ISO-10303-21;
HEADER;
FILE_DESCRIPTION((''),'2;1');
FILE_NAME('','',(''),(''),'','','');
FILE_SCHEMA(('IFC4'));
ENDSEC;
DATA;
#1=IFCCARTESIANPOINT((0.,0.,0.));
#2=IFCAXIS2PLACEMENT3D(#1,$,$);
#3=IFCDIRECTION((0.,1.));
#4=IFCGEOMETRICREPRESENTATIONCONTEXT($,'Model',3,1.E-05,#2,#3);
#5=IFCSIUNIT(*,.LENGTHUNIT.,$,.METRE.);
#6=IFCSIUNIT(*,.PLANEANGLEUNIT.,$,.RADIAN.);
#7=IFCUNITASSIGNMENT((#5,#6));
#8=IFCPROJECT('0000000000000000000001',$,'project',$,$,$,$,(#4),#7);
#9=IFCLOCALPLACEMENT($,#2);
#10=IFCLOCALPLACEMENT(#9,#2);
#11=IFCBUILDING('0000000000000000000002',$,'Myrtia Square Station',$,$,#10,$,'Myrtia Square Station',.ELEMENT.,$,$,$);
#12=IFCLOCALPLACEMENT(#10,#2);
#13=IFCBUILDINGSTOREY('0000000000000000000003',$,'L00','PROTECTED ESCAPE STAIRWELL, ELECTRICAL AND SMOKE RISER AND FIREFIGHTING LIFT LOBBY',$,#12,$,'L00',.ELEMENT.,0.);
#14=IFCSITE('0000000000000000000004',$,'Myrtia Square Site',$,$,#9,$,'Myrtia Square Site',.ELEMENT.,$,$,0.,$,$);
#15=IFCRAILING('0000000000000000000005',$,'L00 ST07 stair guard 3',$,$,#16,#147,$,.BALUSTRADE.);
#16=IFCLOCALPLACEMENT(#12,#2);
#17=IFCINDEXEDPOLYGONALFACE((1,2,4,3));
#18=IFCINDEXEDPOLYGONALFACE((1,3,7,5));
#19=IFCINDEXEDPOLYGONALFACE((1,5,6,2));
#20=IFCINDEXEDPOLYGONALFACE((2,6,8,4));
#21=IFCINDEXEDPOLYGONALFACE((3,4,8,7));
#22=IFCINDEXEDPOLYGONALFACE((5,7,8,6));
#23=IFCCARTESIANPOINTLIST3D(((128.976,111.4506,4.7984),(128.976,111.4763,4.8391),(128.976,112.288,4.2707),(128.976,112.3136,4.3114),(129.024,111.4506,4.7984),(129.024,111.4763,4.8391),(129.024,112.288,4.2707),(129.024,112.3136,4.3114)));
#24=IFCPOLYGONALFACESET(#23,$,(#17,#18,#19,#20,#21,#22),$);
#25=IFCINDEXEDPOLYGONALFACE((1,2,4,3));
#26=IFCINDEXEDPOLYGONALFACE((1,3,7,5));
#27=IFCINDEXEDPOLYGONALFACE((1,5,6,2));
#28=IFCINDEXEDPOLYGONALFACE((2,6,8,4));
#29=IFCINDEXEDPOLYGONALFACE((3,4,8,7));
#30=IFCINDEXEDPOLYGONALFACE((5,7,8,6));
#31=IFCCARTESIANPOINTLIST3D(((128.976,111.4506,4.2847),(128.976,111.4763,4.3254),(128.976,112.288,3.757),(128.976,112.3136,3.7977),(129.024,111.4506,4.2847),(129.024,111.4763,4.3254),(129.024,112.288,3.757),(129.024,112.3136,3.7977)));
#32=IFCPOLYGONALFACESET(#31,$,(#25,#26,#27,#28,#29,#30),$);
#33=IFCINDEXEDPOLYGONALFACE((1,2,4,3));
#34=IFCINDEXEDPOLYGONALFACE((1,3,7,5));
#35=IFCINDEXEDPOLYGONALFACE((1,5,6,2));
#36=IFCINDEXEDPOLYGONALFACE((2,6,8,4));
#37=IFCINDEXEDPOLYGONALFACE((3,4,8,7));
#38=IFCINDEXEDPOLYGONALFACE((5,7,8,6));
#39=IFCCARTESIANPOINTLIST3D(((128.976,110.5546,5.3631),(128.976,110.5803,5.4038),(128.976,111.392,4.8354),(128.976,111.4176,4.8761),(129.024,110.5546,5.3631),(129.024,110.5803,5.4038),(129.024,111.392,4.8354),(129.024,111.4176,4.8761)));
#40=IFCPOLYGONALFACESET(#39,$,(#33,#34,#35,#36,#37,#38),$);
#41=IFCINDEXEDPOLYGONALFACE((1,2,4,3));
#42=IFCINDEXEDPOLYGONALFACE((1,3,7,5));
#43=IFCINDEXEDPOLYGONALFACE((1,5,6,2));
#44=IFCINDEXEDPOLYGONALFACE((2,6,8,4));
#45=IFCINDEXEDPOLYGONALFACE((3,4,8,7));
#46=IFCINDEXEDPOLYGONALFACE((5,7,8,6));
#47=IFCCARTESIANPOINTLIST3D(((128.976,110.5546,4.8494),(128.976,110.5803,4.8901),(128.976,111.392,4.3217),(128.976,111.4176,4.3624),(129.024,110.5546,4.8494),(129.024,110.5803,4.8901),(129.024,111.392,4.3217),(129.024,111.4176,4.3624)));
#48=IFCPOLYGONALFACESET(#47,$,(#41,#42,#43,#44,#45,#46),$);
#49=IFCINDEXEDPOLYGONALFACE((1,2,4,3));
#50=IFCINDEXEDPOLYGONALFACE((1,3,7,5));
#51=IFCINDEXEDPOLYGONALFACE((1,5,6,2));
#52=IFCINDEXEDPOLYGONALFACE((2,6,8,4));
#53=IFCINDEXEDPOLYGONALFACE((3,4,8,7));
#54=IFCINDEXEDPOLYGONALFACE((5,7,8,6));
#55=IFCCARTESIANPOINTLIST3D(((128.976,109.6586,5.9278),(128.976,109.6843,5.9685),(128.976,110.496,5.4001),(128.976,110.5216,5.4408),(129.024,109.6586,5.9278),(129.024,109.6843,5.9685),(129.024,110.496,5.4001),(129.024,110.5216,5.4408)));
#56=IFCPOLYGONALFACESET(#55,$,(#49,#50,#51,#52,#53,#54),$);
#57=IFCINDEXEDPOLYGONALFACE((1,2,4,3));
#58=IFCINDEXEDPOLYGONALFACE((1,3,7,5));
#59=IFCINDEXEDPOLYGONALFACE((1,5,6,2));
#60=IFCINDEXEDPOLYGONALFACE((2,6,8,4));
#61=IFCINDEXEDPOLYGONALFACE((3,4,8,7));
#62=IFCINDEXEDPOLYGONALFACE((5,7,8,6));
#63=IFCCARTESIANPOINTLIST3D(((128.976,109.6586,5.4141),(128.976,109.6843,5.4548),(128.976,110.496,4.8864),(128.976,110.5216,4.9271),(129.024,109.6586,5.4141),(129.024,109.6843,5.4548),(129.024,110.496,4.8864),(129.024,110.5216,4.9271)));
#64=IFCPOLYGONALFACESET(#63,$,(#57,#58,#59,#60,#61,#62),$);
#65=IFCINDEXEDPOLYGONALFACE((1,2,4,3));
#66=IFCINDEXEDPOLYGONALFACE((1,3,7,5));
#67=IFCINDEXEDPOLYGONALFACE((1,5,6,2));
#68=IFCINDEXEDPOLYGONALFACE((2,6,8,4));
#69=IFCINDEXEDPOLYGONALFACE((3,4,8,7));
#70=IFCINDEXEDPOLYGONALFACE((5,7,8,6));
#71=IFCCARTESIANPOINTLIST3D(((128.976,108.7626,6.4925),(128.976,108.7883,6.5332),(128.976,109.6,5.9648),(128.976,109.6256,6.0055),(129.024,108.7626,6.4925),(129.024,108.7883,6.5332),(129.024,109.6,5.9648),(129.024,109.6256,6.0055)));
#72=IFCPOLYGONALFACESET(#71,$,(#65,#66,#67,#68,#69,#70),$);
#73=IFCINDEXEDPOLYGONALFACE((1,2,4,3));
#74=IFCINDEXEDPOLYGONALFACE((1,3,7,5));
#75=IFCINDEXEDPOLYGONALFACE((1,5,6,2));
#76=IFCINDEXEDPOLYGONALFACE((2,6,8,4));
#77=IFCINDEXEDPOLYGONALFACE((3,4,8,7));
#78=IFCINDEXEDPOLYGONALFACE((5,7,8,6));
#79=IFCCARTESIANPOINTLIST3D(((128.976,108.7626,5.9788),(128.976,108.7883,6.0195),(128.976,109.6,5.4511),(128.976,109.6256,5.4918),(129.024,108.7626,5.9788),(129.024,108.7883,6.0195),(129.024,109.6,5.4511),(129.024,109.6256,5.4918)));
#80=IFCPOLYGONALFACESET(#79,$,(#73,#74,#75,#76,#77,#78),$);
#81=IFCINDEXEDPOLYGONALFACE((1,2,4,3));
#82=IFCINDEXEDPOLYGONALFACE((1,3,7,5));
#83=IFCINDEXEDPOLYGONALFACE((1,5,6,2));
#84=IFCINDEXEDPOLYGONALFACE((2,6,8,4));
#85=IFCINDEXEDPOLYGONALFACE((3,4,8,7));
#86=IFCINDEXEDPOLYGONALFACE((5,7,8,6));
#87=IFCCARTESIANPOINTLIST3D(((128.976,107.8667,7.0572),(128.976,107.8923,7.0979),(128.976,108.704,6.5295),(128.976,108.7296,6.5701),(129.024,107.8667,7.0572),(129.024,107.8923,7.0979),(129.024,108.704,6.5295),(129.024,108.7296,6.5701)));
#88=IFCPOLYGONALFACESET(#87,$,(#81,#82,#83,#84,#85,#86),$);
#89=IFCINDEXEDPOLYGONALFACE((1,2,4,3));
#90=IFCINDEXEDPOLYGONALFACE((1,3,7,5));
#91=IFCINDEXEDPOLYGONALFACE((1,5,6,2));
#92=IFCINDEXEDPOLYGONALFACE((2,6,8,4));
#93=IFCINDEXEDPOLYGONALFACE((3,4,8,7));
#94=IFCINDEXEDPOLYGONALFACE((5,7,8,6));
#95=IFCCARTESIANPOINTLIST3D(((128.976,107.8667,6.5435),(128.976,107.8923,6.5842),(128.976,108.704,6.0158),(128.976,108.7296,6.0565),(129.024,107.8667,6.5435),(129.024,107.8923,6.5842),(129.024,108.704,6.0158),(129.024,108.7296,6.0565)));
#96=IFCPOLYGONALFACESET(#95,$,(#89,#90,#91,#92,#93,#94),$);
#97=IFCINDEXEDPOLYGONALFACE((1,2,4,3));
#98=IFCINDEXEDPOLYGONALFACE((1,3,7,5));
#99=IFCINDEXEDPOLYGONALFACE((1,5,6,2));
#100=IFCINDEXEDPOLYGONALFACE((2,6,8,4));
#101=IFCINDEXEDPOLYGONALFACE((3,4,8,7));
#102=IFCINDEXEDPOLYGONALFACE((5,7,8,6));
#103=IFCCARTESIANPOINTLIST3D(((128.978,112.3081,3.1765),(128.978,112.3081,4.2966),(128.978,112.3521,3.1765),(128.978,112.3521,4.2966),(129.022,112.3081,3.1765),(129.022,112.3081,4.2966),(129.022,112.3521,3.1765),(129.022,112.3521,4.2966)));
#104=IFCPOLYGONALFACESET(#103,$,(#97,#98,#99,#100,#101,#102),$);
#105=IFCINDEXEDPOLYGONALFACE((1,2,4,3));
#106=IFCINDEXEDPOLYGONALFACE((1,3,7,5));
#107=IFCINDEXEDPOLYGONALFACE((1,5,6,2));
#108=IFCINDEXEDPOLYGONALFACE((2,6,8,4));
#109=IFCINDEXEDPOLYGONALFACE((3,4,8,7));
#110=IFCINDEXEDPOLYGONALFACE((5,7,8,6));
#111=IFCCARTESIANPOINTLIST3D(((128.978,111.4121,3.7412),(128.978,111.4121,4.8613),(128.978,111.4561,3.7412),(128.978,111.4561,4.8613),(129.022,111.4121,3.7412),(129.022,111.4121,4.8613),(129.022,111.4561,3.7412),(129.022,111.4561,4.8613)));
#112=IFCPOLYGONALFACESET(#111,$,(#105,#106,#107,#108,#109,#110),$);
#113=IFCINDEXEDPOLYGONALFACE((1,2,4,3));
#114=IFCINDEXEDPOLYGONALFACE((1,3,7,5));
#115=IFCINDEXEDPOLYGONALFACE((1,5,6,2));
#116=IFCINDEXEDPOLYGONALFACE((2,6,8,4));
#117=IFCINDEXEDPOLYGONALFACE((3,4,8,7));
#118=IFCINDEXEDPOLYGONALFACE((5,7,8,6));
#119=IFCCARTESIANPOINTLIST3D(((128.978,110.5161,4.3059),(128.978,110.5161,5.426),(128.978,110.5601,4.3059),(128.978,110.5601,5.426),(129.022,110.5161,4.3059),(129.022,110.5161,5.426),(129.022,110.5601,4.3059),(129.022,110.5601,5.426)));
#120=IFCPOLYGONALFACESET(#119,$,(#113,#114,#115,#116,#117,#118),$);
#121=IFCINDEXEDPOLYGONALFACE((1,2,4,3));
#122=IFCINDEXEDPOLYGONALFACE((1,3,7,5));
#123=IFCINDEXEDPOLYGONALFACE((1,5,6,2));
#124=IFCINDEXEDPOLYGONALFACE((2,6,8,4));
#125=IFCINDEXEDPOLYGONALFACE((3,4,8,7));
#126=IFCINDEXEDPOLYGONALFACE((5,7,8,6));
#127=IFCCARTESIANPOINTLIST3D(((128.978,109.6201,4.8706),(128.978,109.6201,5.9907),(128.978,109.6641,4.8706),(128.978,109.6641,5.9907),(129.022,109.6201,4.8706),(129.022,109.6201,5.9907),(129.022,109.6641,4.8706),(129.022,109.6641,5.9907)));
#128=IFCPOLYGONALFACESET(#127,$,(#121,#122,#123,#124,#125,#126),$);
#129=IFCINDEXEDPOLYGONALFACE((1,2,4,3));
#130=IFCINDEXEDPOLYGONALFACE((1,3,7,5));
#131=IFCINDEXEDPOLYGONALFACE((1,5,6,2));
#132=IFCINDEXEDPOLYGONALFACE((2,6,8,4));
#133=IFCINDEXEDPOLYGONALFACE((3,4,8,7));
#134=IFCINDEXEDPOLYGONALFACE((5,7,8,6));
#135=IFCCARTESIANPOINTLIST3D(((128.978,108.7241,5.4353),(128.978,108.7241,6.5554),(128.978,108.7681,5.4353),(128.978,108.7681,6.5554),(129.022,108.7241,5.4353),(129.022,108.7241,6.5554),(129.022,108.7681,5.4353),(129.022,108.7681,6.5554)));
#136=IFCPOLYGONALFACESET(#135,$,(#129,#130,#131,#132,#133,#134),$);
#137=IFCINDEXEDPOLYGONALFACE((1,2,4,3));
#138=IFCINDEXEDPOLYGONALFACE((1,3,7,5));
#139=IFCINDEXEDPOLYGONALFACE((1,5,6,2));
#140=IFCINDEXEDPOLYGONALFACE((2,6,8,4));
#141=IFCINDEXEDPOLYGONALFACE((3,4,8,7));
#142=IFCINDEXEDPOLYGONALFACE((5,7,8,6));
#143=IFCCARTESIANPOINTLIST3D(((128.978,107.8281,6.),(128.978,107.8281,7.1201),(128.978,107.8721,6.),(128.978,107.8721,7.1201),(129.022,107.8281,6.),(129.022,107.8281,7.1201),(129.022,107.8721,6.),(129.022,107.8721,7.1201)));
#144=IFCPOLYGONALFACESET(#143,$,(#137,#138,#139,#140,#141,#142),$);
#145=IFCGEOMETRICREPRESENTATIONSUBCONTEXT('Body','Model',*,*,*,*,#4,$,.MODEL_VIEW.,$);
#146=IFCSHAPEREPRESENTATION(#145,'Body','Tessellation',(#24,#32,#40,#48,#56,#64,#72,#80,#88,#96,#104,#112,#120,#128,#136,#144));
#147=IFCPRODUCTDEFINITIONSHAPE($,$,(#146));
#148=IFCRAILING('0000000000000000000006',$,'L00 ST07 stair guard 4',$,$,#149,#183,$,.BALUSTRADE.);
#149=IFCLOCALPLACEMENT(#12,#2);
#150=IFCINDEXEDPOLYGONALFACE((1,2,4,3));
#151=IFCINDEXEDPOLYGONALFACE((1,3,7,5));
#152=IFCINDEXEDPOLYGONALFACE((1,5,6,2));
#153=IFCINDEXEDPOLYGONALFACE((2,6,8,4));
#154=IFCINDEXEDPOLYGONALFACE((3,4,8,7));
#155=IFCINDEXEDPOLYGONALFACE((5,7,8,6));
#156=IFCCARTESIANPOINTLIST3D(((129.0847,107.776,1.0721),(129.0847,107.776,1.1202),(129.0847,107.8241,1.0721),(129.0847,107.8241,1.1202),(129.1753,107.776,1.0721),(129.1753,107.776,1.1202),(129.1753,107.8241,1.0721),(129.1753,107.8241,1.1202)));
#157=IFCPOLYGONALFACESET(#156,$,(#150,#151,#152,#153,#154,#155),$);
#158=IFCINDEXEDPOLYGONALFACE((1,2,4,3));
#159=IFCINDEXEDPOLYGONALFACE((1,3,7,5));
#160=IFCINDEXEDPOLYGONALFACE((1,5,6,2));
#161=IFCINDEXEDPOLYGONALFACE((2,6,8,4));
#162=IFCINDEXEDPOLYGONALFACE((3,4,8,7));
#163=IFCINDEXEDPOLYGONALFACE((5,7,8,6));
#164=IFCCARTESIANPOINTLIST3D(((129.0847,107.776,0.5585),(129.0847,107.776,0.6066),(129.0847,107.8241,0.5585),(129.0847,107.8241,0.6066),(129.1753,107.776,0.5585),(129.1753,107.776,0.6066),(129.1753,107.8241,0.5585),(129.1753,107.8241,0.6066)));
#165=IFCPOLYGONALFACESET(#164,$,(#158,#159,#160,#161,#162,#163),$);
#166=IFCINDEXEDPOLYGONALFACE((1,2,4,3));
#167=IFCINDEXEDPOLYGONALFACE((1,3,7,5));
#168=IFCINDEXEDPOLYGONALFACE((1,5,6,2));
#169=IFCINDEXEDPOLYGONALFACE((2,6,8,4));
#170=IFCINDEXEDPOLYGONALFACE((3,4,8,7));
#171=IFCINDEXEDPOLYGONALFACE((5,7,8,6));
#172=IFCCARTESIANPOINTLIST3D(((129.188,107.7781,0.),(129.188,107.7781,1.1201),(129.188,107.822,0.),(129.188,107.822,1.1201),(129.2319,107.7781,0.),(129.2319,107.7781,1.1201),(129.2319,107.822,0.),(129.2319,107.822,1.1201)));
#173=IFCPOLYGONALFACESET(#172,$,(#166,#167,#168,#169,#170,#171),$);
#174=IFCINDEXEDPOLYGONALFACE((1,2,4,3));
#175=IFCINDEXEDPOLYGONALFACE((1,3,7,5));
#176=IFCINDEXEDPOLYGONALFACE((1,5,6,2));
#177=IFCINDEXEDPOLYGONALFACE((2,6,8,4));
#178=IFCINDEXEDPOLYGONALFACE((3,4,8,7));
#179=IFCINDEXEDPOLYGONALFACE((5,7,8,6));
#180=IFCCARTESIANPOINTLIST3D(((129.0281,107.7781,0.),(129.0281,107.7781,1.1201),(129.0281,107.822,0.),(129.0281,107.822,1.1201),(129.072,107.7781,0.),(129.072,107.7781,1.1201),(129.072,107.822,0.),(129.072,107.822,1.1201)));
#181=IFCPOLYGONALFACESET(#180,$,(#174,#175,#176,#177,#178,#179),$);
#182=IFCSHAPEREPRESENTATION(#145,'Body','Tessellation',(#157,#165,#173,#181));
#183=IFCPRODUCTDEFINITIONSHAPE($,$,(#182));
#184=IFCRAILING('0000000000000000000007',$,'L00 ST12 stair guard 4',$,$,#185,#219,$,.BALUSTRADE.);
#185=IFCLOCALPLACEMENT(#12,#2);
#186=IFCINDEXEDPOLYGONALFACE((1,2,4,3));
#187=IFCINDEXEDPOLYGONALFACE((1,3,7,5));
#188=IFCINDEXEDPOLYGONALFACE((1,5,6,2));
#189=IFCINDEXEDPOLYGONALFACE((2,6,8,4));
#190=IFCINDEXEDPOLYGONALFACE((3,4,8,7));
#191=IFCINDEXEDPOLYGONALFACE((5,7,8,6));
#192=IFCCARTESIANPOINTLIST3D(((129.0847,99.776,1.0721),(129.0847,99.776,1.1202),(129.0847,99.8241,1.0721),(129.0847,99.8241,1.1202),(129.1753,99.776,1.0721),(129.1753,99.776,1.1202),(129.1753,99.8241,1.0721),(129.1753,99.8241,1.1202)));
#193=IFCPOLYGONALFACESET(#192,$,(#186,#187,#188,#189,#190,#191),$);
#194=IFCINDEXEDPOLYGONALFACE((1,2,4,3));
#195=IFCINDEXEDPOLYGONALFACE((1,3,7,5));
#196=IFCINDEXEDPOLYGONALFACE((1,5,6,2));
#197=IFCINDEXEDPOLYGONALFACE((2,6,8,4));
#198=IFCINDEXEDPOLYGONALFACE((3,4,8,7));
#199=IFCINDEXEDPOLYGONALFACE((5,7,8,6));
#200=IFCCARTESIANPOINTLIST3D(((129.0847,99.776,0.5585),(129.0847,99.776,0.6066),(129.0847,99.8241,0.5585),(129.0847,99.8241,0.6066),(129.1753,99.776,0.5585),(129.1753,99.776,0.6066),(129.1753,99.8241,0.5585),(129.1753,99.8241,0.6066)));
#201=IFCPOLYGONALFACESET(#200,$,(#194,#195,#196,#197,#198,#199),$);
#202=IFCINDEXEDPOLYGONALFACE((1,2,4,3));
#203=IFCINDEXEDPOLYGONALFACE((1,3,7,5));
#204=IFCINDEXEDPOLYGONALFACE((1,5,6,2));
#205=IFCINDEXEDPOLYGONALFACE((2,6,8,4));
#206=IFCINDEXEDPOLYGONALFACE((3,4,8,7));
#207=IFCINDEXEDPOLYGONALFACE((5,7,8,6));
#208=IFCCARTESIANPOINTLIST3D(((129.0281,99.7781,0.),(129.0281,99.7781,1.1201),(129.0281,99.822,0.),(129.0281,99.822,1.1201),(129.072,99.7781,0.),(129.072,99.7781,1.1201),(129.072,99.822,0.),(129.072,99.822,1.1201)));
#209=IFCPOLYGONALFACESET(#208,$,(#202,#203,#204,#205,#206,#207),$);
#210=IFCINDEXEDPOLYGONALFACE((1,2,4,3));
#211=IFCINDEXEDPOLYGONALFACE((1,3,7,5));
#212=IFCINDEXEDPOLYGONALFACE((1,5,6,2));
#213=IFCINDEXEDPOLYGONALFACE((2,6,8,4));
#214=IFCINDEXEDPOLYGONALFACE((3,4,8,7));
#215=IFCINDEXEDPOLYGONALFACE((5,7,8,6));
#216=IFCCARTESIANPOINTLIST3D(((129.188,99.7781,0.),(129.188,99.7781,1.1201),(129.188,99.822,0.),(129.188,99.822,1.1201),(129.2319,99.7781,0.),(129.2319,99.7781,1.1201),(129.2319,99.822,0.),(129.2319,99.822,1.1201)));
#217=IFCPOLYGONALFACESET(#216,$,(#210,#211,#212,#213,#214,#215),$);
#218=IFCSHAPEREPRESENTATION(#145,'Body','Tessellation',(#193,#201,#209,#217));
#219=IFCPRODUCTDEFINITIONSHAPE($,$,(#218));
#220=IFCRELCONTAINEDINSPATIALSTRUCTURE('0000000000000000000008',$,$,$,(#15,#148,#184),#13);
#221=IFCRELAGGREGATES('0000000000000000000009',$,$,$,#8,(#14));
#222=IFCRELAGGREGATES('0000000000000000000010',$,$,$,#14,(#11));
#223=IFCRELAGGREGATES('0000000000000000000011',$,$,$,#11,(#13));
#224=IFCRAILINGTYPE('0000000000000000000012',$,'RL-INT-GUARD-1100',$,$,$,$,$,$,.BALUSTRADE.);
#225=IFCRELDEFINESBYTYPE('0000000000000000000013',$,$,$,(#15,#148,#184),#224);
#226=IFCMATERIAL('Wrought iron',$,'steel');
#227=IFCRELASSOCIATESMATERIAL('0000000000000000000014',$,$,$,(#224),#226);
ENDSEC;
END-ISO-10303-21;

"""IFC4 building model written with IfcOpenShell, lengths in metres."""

from ifc_helpers import new_model, si_unit, direction, frame, origin, origin_2d, place, context, subcontext, project, spatial, rectangle, extrude, material, type_object, element, save


model = new_model("IFC4")

# Units and contexts
model_context = context("Model", 3, precision=1e-05, world=origin(), true_north=direction((0.0, 1.0)))
body_context = subcontext(model_context, "Body", "Model", "MODEL_VIEW")
ifc_project = project(units=[si_unit("LENGTHUNIT", "METRE"), si_unit("PLANEANGLEUNIT", "RADIAN")], contexts=[model_context])

# Site, building, storey
site_placement = place(None, origin())
site = spatial("IfcSite", under=ifc_project, at=site_placement, Name="Myrtia Square Site", LongName="Myrtia Square Site", CompositionType="ELEMENT", RefElevation=0.0)
building_placement = place(site_placement, origin())
building = spatial("IfcBuilding", under=site, at=building_placement, Name="Myrtia Square Station", LongName="Myrtia Square Station", CompositionType="ELEMENT")
storey_placement = place(building_placement, origin())
storey = spatial("IfcBuildingStorey", under=building, at=storey_placement, Name="L00", Description="PROTECTED ESCAPE STAIRWELL, ELECTRICAL AND SMOKE RISER AND FIREFIGHTING LIFT LOBBY", LongName="L00", CompositionType="ELEMENT", Elevation=0.0)

# Railings
ifc_material_1 = material(Name="Wrought iron", Category="steel")
railing_type_1 = type_object("IfcRailingType", Name="RL-INT-GUARD-1100", PredefinedType="BALUSTRADE", material=ifc_material_1)
railing_1_placement = place(storey_placement, frame((129.0, 112.3301, 3.1765)))
element("IfcRailing", 1, at=railing_1_placement, inside=storey, type_object=railing_type_1, Name="L00 ST07 stair guard 3", PredefinedType="BALUSTRADE", context=body_context, shape_type="SweptSolid", body=[
    extrude(rectangle(XDim=0.0481, YDim=0.0481, at=origin_2d()), frame((0.0, -0.0293, 1.1145), z_axis=(0.0, -0.845998, 0.533186), x_axis=(1.0, 0.0, 0.0)), (0.0, 0.0, 1.0), 0.9897),
    extrude(rectangle(XDim=0.0481, YDim=0.0481, at=origin_2d()), frame((0.0, -0.0293, 0.6008), z_axis=(0.0, -0.845998, 0.533186), x_axis=(1.0, 0.0, 0.0)), (0.0, 0.0, 1.0), 0.9897),
    extrude(rectangle(XDim=0.0481, YDim=0.0481, at=origin_2d()), frame((0.0, -0.9253, 1.6792), z_axis=(0.0, -0.845998, 0.533186), x_axis=(1.0, 0.0, 0.0)), (0.0, 0.0, 1.0), 0.9897),
    extrude(rectangle(XDim=0.0481, YDim=0.0481, at=origin_2d()), frame((0.0, -0.9253, 1.1655), z_axis=(0.0, -0.845998, 0.533186), x_axis=(1.0, 0.0, 0.0)), (0.0, 0.0, 1.0), 0.9897),
    extrude(rectangle(XDim=0.0481, YDim=0.0481, at=origin_2d()), frame((0.0, -1.8213, 2.2439), z_axis=(0.0, -0.845998, 0.533186), x_axis=(1.0, 0.0, 0.0)), (0.0, 0.0, 1.0), 0.9897),
    extrude(rectangle(XDim=0.0481, YDim=0.0481, at=origin_2d()), frame((0.0, -1.8213, 1.7302), z_axis=(0.0, -0.845998, 0.533186), x_axis=(1.0, 0.0, 0.0)), (0.0, 0.0, 1.0), 0.9897),
    extrude(rectangle(XDim=0.0481, YDim=0.0481, at=origin_2d()), frame((0.0, -2.7173, 2.8086), z_axis=(0.0, -0.845998, 0.533186), x_axis=(1.0, 0.0, 0.0)), (0.0, 0.0, 1.0), 0.9897),
    extrude(rectangle(XDim=0.0481, YDim=0.0481, at=origin_2d()), frame((0.0, -2.7173, 2.2949), z_axis=(0.0, -0.845998, 0.533186), x_axis=(1.0, 0.0, 0.0)), (0.0, 0.0, 1.0), 0.9897),
    extrude(rectangle(XDim=0.0481, YDim=0.0481, at=origin_2d()), frame((0.0, -3.6133, 3.3733), z_axis=(0.0, -0.845998, 0.533186), x_axis=(1.0, 0.0, 0.0)), (0.0, 0.0, 1.0), 0.9897),
    extrude(rectangle(XDim=0.0481, YDim=0.0481, at=origin_2d()), frame((0.0, -3.6133, 2.8596), z_axis=(0.0, -0.845998, 0.533186), x_axis=(1.0, 0.0, 0.0)), (0.0, 0.0, 1.0), 0.9897),
    extrude(rectangle(XDim=0.0439, YDim=0.0439, at=origin_2d()), origin(), (0.0, 0.0, 1.0), 1.1201),
    extrude(rectangle(XDim=0.0439, YDim=0.0439, at=origin_2d()), frame((0.0, -0.896, 0.5647)), (0.0, 0.0, 1.0), 1.1201),
    extrude(rectangle(XDim=0.0439, YDim=0.0439, at=origin_2d()), frame((0.0, -1.792, 1.1294)), (0.0, 0.0, 1.0), 1.1201),
    extrude(rectangle(XDim=0.0439, YDim=0.0439, at=origin_2d()), frame((0.0, -2.688, 1.6941)), (0.0, 0.0, 1.0), 1.1201),
    extrude(rectangle(XDim=0.0439, YDim=0.0439, at=origin_2d()), frame((0.0, -3.584, 2.2588)), (0.0, 0.0, 1.0), 1.1201),
    extrude(rectangle(XDim=0.0439, YDim=0.0439, at=origin_2d()), frame((0.0, -4.48, 2.8235)), (0.0, 0.0, 1.0), 1.1201),
])
railing_2_placement = place(storey_placement, frame((129.21, 107.8, 0.0)))
element("IfcRailing", 2, at=railing_2_placement, inside=storey, type_object=railing_type_1, Name="L00 ST07 stair guard 4", PredefinedType="BALUSTRADE", context=body_context, shape_type="SweptSolid", body=[
    extrude(rectangle(XDim=0.0481, YDim=0.0481, at=origin_2d()), frame((-0.0347, 0.0, 1.0962), z_axis=(-1.0, 0.0, 0.0), x_axis=(0.0, -1.0, 0.0)), (0.0, 0.0, 1.0), 0.0906),
    extrude(rectangle(XDim=0.0481, YDim=0.0481, at=origin_2d()), frame((-0.0347, 0.0, 0.5825), z_axis=(-1.0, 0.0, 0.0), x_axis=(0.0, -1.0, 0.0)), (0.0, 0.0, 1.0), 0.0906),
    extrude(rectangle(XDim=0.0439, YDim=0.0439, at=origin_2d()), origin(), (0.0, 0.0, 1.0), 1.1201),
    extrude(rectangle(XDim=0.0439, YDim=0.0439, at=origin_2d()), frame((-0.1599, 0.0, 0.0)), (0.0, 0.0, 1.0), 1.1201),
])
railing_3_placement = place(storey_placement, frame((129.05, 99.8, 0.0)))
element("IfcRailing", 3, at=railing_3_placement, inside=storey, type_object=railing_type_1, Name="L00 ST12 stair guard 4", PredefinedType="BALUSTRADE", context=body_context, shape_type="SweptSolid", body=[
    extrude(rectangle(XDim=0.0481, YDim=0.0481, at=origin_2d()), frame((0.0347, 0.0, 1.0962), z_axis=(1.0, 0.0, 0.0), x_axis=(0.0, 1.0, 0.0)), (0.0, 0.0, 1.0), 0.0906),
    extrude(rectangle(XDim=0.0481, YDim=0.0481, at=origin_2d()), frame((0.0347, 0.0, 0.5825), z_axis=(1.0, 0.0, 0.0), x_axis=(0.0, 1.0, 0.0)), (0.0, 0.0, 1.0), 0.0906),
    extrude(rectangle(XDim=0.0439, YDim=0.0439, at=origin_2d()), origin(), (0.0, 0.0, 1.0), 1.1201),
    extrude(rectangle(XDim=0.0439, YDim=0.0439, at=origin_2d()), frame((0.1599, 0.0, 0.0)), (0.0, 0.0, 1.0), 1.1201),
])

save(model, "model.ifc")
